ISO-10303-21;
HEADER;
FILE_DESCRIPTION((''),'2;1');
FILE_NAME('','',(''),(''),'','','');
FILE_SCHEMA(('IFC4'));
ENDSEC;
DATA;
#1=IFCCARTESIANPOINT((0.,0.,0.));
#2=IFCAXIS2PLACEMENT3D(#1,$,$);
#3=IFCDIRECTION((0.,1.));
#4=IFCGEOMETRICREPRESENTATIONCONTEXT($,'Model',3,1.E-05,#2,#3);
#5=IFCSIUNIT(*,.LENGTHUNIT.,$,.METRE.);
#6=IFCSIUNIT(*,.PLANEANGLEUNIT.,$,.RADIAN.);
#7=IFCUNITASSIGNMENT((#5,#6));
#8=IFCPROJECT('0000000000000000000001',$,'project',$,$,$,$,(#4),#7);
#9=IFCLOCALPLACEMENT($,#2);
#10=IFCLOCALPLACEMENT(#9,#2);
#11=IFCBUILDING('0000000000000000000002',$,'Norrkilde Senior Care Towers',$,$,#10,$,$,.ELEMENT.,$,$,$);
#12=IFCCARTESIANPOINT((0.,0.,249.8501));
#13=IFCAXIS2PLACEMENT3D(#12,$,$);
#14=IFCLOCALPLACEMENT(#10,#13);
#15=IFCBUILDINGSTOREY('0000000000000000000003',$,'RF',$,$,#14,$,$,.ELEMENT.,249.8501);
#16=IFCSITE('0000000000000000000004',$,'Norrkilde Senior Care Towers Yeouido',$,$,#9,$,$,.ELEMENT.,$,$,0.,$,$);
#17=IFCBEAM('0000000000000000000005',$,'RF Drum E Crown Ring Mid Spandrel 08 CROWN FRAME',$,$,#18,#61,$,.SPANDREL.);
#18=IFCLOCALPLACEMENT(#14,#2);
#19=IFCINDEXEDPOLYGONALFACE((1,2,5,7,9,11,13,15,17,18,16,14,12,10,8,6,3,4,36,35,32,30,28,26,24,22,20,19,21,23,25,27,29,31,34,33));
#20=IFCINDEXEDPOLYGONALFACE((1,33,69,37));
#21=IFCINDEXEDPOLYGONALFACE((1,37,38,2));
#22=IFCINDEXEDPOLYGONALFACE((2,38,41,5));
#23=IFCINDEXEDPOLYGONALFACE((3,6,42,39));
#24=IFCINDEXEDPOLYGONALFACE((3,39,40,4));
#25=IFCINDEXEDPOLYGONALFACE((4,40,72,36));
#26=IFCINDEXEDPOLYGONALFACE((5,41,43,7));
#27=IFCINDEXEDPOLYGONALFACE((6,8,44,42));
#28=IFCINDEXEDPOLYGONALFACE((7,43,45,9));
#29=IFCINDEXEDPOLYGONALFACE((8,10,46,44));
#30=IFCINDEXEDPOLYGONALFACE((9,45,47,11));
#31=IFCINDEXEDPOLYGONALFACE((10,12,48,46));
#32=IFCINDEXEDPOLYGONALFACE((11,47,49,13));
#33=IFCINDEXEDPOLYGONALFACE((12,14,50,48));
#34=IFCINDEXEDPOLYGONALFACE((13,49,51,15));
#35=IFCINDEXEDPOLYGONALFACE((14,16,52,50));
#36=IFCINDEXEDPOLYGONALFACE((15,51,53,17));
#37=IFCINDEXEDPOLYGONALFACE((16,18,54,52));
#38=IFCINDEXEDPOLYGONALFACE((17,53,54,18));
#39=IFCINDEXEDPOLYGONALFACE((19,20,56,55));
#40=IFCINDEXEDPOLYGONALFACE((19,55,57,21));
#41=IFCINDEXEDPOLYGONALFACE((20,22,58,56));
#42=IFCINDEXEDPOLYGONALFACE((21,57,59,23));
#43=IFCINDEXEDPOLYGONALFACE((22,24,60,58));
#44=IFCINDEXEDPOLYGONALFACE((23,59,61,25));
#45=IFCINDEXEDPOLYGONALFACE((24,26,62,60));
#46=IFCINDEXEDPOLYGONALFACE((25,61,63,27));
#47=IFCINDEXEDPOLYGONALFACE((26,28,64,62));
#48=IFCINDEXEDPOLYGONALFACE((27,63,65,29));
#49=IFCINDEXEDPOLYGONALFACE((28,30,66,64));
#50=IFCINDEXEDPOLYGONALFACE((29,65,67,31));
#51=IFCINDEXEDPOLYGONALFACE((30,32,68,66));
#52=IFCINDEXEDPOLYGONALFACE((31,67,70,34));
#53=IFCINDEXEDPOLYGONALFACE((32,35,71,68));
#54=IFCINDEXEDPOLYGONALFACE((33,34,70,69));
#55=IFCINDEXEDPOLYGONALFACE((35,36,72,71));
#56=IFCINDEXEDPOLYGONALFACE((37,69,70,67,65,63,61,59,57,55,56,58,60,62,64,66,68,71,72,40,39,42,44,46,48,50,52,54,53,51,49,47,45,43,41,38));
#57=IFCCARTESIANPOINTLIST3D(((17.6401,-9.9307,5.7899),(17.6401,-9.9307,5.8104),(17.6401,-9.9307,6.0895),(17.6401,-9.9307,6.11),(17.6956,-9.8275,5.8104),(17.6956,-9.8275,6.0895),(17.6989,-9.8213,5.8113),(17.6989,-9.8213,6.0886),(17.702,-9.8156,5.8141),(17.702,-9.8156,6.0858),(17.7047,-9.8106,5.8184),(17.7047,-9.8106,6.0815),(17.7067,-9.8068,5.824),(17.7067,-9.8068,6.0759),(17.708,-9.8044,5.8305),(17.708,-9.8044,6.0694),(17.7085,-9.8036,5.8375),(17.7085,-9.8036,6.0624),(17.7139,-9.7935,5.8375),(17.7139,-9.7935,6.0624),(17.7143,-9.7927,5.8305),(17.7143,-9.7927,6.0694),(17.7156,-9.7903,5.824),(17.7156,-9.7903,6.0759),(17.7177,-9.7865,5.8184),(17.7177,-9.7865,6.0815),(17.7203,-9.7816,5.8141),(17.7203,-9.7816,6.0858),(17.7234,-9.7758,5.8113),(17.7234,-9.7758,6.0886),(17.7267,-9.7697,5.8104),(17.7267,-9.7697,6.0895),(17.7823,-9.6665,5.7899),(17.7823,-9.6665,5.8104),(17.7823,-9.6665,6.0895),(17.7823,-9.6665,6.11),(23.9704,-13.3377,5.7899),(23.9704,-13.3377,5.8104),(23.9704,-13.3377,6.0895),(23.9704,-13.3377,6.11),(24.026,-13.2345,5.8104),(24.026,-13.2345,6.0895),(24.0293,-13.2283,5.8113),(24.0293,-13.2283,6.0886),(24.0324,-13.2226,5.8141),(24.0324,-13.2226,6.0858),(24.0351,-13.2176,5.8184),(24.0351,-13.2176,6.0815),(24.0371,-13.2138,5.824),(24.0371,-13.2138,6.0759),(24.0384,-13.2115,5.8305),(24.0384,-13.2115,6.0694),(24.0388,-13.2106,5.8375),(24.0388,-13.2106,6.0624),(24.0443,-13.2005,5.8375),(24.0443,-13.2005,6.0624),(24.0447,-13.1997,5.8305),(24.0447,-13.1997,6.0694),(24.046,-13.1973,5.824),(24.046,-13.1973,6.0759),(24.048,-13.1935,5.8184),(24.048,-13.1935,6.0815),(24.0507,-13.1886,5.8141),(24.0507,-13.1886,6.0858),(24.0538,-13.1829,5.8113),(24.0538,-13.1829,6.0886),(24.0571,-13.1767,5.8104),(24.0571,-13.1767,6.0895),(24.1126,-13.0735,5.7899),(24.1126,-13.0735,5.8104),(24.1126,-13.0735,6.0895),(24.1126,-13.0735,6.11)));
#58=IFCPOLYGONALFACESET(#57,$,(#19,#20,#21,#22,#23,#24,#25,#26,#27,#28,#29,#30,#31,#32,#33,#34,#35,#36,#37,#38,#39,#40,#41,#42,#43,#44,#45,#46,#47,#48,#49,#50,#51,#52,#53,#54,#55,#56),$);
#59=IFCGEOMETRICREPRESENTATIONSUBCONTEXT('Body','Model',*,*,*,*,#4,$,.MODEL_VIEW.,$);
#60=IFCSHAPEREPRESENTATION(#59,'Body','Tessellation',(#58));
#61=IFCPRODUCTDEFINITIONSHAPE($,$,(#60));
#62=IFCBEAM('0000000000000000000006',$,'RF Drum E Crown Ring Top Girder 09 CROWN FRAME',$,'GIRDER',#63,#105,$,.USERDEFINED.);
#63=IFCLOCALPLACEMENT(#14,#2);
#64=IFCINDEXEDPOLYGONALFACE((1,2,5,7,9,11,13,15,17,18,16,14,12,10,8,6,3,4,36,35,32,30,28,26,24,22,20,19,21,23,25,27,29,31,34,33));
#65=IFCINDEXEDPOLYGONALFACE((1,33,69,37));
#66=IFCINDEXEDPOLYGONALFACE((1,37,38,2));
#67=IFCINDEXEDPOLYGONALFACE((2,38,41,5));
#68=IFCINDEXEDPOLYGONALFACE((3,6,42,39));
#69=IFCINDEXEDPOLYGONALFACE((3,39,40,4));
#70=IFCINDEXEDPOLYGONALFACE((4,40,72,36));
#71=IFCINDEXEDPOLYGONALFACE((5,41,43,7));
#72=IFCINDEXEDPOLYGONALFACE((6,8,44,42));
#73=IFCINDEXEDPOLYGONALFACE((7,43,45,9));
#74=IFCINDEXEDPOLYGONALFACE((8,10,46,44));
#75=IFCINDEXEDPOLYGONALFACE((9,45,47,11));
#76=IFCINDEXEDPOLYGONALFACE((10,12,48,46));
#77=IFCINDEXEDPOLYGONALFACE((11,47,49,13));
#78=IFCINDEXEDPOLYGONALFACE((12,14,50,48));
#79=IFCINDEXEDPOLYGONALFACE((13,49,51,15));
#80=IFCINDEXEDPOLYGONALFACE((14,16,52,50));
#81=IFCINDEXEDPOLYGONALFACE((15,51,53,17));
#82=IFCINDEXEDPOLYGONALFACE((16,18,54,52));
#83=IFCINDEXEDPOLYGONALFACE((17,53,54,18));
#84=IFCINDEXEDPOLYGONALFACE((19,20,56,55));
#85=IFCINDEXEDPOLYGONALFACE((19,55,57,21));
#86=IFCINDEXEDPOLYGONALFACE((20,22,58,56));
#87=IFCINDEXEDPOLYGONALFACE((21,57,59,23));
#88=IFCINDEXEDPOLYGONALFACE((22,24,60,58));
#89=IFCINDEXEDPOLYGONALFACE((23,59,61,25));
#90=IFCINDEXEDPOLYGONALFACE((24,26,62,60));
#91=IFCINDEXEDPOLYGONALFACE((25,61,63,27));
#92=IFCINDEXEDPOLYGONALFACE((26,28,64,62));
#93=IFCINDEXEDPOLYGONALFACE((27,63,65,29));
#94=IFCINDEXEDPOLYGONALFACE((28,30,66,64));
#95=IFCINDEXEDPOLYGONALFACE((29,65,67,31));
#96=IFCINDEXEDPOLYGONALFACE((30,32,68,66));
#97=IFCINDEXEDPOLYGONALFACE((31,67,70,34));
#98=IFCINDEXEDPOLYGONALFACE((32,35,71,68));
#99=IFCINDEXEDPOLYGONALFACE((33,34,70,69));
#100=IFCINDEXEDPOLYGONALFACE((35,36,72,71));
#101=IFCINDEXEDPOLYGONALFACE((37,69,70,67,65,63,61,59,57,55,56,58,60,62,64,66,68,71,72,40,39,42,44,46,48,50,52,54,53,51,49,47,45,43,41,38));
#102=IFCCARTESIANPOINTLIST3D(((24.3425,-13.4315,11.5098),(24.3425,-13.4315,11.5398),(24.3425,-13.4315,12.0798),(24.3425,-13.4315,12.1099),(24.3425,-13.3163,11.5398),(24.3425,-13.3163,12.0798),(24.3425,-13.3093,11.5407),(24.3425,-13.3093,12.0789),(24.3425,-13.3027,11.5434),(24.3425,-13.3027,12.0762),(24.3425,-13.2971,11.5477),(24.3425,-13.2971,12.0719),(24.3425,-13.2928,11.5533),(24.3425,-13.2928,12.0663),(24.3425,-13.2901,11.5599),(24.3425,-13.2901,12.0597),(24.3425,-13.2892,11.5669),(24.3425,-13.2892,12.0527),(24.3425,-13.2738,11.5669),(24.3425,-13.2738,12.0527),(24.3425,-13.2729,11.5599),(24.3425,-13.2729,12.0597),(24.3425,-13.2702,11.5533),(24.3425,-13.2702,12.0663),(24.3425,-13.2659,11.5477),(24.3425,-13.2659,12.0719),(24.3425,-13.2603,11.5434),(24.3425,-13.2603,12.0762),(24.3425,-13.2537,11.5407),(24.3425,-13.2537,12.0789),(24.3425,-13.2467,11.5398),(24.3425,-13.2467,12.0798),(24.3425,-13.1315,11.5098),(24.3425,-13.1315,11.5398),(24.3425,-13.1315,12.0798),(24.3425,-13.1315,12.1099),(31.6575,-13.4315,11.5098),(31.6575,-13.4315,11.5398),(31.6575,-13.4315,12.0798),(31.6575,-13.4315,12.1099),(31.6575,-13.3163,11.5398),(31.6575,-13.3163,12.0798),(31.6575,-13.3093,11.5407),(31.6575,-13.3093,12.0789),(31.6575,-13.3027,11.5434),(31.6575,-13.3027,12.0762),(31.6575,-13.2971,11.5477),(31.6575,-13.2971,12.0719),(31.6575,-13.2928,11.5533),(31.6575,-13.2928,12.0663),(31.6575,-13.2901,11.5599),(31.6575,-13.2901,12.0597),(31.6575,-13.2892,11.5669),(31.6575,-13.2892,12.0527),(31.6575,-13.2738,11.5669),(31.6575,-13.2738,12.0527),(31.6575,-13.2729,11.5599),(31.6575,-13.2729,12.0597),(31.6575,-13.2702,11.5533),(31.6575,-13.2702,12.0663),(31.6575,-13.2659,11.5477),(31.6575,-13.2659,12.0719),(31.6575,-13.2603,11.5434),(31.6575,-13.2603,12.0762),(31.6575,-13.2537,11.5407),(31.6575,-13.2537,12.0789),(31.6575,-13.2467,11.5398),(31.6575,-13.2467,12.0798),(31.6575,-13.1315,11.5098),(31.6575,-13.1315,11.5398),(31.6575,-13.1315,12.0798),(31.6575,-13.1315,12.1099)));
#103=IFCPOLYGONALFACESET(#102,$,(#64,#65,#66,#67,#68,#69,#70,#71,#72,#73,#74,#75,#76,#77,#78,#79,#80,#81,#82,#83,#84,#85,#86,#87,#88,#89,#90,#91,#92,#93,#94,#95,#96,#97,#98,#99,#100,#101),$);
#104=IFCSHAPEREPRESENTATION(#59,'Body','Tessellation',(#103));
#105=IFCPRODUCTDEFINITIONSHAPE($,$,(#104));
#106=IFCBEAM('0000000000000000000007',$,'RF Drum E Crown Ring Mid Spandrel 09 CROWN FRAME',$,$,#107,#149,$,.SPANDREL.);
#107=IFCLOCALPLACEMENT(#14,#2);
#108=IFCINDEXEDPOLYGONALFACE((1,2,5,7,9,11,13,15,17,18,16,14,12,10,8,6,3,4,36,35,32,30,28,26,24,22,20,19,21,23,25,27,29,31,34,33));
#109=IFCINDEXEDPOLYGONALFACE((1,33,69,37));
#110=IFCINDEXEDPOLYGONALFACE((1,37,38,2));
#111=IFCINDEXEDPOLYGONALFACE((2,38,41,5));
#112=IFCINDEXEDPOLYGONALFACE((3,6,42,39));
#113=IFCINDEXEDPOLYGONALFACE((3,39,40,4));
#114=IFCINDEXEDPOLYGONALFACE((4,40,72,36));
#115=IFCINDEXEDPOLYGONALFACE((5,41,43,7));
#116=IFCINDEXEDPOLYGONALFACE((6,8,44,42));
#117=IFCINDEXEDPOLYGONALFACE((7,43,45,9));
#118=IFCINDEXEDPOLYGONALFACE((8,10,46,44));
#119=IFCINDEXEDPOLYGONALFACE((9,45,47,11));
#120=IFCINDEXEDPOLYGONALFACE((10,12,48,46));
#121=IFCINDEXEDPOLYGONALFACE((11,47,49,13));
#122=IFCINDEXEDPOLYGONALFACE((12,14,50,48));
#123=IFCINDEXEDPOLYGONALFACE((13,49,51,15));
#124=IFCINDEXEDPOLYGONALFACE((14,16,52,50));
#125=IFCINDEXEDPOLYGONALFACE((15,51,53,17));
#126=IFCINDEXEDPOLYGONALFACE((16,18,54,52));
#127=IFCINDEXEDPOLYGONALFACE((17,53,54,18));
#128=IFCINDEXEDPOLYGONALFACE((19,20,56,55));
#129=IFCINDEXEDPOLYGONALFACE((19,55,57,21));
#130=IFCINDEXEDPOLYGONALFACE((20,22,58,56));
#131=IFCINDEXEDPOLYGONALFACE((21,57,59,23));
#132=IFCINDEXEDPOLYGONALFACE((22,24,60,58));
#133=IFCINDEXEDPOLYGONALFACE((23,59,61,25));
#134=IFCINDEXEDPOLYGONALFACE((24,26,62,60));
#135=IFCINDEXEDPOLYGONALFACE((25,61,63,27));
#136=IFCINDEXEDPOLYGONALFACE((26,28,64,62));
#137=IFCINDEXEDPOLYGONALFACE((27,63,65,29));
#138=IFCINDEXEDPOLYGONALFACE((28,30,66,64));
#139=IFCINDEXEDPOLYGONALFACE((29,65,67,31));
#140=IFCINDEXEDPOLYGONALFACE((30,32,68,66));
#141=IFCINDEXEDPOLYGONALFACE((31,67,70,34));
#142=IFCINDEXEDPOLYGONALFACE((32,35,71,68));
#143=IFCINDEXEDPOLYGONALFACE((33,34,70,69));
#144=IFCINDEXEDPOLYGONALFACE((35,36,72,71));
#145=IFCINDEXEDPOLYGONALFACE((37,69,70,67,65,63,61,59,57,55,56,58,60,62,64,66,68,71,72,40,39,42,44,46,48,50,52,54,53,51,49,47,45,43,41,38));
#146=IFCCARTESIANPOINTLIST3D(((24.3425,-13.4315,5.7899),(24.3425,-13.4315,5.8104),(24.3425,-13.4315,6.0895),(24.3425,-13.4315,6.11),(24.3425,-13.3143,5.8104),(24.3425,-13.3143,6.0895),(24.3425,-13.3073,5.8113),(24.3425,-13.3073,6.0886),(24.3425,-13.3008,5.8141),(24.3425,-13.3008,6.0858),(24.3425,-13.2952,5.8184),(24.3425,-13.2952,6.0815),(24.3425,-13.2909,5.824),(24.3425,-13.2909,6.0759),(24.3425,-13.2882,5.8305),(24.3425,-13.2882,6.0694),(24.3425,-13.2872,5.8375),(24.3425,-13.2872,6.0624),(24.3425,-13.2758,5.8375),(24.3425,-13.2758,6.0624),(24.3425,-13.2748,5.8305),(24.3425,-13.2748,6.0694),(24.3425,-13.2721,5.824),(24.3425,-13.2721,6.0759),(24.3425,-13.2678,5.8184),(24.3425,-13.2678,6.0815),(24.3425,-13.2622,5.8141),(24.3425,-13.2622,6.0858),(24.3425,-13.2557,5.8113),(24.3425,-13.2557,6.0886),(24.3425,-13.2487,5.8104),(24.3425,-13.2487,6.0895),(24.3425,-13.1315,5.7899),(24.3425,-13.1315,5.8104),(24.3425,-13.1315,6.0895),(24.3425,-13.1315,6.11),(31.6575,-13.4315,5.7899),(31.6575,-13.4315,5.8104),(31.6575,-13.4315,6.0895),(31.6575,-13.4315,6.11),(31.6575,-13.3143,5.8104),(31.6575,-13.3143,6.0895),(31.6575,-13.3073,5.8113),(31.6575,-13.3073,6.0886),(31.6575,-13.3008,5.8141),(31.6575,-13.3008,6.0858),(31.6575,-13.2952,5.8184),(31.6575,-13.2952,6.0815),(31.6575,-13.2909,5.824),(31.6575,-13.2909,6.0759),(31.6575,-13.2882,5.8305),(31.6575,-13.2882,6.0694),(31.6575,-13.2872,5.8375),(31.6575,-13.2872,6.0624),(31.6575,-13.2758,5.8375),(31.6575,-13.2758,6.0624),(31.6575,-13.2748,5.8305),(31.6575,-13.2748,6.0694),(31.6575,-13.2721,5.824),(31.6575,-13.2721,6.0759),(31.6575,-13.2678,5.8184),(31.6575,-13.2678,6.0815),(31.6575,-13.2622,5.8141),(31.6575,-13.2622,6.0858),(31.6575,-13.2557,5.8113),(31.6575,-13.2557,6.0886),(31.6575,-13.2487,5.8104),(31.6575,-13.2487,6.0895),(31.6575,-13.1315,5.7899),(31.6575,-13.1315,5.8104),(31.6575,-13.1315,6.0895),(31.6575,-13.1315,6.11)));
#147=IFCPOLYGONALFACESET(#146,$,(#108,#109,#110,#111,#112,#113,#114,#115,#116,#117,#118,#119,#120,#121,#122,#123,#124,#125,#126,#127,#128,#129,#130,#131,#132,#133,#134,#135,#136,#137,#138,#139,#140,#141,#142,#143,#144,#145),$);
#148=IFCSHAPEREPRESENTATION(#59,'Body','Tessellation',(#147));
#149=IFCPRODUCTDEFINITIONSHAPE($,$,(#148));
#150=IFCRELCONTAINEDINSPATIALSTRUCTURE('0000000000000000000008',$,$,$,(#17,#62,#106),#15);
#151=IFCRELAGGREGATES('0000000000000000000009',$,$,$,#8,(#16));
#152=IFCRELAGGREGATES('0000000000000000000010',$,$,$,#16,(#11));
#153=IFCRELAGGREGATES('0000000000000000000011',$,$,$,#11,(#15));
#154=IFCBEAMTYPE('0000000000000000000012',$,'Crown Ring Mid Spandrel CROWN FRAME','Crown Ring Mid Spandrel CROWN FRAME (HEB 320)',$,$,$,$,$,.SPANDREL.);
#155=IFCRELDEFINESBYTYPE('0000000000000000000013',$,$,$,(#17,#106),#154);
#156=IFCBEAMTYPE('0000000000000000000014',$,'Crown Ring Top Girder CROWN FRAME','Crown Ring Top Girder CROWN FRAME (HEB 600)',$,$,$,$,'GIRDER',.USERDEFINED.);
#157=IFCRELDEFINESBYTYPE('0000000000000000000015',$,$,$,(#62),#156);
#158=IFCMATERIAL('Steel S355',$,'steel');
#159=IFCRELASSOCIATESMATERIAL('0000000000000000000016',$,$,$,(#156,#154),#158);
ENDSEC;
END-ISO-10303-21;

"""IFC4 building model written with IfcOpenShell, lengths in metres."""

from ifc_helpers import new_model, si_unit, direction, frame, origin, origin_2d, place, context, subcontext, project, spatial, i_section, extrude, source, transform, mapped, material, material_profile, profile_set, type_object, type_shapes, element, save


model = new_model("IFC4")

# Units and contexts
model_context = context("Model", 3, precision=1e-05, world=origin(), true_north=direction((0.0, 1.0)))
body_context = subcontext(model_context, "Body", "Model", "MODEL_VIEW")
ifc_project = project(units=[si_unit("LENGTHUNIT", "METRE"), si_unit("PLANEANGLEUNIT", "RADIAN")], contexts=[model_context])

# Site, building, storey
site_placement = place(None, origin())
site = spatial("IfcSite", under=ifc_project, at=site_placement, Name="Norrkilde Senior Care Towers Yeouido", CompositionType="ELEMENT", RefElevation=0.0)
building_placement = place(site_placement, origin())
building = spatial("IfcBuilding", under=site, at=building_placement, Name="Norrkilde Senior Care Towers", CompositionType="ELEMENT")
storey_placement = place(building_placement, frame((0.0, 0.0, 249.8501)))
storey = spatial("IfcBuildingStorey", under=building, at=storey_placement, Name="RF", CompositionType="ELEMENT", Elevation=249.8501)

# Shared definitions
ifc_material_1 = material(Name="Steel S355", Category="steel")

# Beams
ifc_material_profile_1 = material_profile(ifc_material_1, i_section(OverallWidth=0.3, OverallDepth=0.6001, WebThickness=0.0154, FlangeThickness=0.03, FilletRadius=0.0271, at=origin_2d()), Name="HEB 600")
ifc_profile_set_1 = profile_set([ifc_material_profile_1], Name="Steel S355")
beam_type_1 = type_object("IfcBeamType", Name="Crown Ring Top Girder CROWN FRAME", Description="Crown Ring Top Girder CROWN FRAME (HEB 600)", ElementType="GIRDER", PredefinedType="USERDEFINED", material=ifc_profile_set_1)
ifc_material_profile_2 = material_profile(ifc_material_1, i_section(OverallWidth=0.3, OverallDepth=0.3201, WebThickness=0.0115, FlangeThickness=0.0205, FilletRadius=0.0271, at=origin_2d()), Name="HEB 320")
ifc_profile_set_2 = profile_set([ifc_material_profile_2], Name="Steel S355")
beam_type_2 = type_object("IfcBeamType", Name="Crown Ring Mid Spandrel CROWN FRAME", Description="Crown Ring Mid Spandrel CROWN FRAME (HEB 320)", PredefinedType="SPANDREL", material=ifc_profile_set_2)
shared_shape_1 = source(origin(), body_context, "Body", "SweptSolid", [
    extrude(i_section(OverallWidth=0.3, OverallDepth=0.3201, WebThickness=0.0115, FlangeThickness=0.0205, FilletRadius=0.0271, at=origin_2d()), origin(), (0.0, 0.0, 1.0), 7.189),
])
beam_1_placement = place(storey_placement, frame((17.7112, -9.7986, 5.95), z_axis=(0.880567, -0.473922, 0.0), x_axis=(0.473922, 0.880567, 0.0)))
element("IfcBeam", 1, at=beam_1_placement, inside=storey, type_object=beam_type_2, Name="RF Drum E Crown Ring Mid Spandrel 08 CROWN FRAME", PredefinedType="SPANDREL", context=body_context, shape_type="MappedRepresentation", body=[
    mapped(shared_shape_1, transform((0.0, 0.0, 0.0), x_axis=(1.0, 0.0, 0.0), y_axis=(0.0, 1.0, 0.0), z_axis=(0.0, 0.0, 1.0), scale=1.0)),
])
shared_shape_2 = source(origin(), body_context, "Body", "SweptSolid", [
    extrude(i_section(OverallWidth=0.3, OverallDepth=0.6001, WebThickness=0.0154, FlangeThickness=0.03, FilletRadius=0.0271, at=origin_2d()), origin(), (0.0, 0.0, 1.0), 7.3149),
])
beam_2_placement = place(storey_placement, frame((24.3425, -13.2815, 11.8098), z_axis=(1.0, 0.0, 0.0), x_axis=(0.0, 1.0, 0.0)))
element("IfcBeam", 2, at=beam_2_placement, inside=storey, type_object=beam_type_1, Name="RF Drum E Crown Ring Top Girder 09 CROWN FRAME", ObjectType="GIRDER", PredefinedType="USERDEFINED", context=body_context, shape_type="MappedRepresentation", body=[
    mapped(shared_shape_2, transform((0.0, 0.0, 0.0), x_axis=(1.0, 0.0, 0.0), y_axis=(0.0, 1.0, 0.0), z_axis=(0.0, 0.0, 1.0), scale=1.0)),
])
shared_shape_3 = source(origin(), body_context, "Body", "SweptSolid", [
    extrude(i_section(OverallWidth=0.3, OverallDepth=0.3201, WebThickness=0.0115, FlangeThickness=0.0205, FilletRadius=0.0271, at=origin_2d()), origin(), (0.0, 0.0, 1.0), 7.3149),
])
type_shapes(beam_type_2, [shared_shape_1, shared_shape_3])
beam_3_placement = place(storey_placement, frame((24.3425, -13.2815, 5.95), z_axis=(1.0, 0.0, 0.0), x_axis=(0.0, 1.0, 0.0)))
element("IfcBeam", 3, at=beam_3_placement, inside=storey, type_object=beam_type_2, Name="RF Drum E Crown Ring Mid Spandrel 09 CROWN FRAME", PredefinedType="SPANDREL", context=body_context, shape_type="MappedRepresentation", body=[
    mapped(shared_shape_3, transform((0.0, 0.0, 0.0), x_axis=(1.0, 0.0, 0.0), y_axis=(0.0, 1.0, 0.0), z_axis=(0.0, 0.0, 1.0), scale=1.0)),
])

save(model, "model.ifc")
